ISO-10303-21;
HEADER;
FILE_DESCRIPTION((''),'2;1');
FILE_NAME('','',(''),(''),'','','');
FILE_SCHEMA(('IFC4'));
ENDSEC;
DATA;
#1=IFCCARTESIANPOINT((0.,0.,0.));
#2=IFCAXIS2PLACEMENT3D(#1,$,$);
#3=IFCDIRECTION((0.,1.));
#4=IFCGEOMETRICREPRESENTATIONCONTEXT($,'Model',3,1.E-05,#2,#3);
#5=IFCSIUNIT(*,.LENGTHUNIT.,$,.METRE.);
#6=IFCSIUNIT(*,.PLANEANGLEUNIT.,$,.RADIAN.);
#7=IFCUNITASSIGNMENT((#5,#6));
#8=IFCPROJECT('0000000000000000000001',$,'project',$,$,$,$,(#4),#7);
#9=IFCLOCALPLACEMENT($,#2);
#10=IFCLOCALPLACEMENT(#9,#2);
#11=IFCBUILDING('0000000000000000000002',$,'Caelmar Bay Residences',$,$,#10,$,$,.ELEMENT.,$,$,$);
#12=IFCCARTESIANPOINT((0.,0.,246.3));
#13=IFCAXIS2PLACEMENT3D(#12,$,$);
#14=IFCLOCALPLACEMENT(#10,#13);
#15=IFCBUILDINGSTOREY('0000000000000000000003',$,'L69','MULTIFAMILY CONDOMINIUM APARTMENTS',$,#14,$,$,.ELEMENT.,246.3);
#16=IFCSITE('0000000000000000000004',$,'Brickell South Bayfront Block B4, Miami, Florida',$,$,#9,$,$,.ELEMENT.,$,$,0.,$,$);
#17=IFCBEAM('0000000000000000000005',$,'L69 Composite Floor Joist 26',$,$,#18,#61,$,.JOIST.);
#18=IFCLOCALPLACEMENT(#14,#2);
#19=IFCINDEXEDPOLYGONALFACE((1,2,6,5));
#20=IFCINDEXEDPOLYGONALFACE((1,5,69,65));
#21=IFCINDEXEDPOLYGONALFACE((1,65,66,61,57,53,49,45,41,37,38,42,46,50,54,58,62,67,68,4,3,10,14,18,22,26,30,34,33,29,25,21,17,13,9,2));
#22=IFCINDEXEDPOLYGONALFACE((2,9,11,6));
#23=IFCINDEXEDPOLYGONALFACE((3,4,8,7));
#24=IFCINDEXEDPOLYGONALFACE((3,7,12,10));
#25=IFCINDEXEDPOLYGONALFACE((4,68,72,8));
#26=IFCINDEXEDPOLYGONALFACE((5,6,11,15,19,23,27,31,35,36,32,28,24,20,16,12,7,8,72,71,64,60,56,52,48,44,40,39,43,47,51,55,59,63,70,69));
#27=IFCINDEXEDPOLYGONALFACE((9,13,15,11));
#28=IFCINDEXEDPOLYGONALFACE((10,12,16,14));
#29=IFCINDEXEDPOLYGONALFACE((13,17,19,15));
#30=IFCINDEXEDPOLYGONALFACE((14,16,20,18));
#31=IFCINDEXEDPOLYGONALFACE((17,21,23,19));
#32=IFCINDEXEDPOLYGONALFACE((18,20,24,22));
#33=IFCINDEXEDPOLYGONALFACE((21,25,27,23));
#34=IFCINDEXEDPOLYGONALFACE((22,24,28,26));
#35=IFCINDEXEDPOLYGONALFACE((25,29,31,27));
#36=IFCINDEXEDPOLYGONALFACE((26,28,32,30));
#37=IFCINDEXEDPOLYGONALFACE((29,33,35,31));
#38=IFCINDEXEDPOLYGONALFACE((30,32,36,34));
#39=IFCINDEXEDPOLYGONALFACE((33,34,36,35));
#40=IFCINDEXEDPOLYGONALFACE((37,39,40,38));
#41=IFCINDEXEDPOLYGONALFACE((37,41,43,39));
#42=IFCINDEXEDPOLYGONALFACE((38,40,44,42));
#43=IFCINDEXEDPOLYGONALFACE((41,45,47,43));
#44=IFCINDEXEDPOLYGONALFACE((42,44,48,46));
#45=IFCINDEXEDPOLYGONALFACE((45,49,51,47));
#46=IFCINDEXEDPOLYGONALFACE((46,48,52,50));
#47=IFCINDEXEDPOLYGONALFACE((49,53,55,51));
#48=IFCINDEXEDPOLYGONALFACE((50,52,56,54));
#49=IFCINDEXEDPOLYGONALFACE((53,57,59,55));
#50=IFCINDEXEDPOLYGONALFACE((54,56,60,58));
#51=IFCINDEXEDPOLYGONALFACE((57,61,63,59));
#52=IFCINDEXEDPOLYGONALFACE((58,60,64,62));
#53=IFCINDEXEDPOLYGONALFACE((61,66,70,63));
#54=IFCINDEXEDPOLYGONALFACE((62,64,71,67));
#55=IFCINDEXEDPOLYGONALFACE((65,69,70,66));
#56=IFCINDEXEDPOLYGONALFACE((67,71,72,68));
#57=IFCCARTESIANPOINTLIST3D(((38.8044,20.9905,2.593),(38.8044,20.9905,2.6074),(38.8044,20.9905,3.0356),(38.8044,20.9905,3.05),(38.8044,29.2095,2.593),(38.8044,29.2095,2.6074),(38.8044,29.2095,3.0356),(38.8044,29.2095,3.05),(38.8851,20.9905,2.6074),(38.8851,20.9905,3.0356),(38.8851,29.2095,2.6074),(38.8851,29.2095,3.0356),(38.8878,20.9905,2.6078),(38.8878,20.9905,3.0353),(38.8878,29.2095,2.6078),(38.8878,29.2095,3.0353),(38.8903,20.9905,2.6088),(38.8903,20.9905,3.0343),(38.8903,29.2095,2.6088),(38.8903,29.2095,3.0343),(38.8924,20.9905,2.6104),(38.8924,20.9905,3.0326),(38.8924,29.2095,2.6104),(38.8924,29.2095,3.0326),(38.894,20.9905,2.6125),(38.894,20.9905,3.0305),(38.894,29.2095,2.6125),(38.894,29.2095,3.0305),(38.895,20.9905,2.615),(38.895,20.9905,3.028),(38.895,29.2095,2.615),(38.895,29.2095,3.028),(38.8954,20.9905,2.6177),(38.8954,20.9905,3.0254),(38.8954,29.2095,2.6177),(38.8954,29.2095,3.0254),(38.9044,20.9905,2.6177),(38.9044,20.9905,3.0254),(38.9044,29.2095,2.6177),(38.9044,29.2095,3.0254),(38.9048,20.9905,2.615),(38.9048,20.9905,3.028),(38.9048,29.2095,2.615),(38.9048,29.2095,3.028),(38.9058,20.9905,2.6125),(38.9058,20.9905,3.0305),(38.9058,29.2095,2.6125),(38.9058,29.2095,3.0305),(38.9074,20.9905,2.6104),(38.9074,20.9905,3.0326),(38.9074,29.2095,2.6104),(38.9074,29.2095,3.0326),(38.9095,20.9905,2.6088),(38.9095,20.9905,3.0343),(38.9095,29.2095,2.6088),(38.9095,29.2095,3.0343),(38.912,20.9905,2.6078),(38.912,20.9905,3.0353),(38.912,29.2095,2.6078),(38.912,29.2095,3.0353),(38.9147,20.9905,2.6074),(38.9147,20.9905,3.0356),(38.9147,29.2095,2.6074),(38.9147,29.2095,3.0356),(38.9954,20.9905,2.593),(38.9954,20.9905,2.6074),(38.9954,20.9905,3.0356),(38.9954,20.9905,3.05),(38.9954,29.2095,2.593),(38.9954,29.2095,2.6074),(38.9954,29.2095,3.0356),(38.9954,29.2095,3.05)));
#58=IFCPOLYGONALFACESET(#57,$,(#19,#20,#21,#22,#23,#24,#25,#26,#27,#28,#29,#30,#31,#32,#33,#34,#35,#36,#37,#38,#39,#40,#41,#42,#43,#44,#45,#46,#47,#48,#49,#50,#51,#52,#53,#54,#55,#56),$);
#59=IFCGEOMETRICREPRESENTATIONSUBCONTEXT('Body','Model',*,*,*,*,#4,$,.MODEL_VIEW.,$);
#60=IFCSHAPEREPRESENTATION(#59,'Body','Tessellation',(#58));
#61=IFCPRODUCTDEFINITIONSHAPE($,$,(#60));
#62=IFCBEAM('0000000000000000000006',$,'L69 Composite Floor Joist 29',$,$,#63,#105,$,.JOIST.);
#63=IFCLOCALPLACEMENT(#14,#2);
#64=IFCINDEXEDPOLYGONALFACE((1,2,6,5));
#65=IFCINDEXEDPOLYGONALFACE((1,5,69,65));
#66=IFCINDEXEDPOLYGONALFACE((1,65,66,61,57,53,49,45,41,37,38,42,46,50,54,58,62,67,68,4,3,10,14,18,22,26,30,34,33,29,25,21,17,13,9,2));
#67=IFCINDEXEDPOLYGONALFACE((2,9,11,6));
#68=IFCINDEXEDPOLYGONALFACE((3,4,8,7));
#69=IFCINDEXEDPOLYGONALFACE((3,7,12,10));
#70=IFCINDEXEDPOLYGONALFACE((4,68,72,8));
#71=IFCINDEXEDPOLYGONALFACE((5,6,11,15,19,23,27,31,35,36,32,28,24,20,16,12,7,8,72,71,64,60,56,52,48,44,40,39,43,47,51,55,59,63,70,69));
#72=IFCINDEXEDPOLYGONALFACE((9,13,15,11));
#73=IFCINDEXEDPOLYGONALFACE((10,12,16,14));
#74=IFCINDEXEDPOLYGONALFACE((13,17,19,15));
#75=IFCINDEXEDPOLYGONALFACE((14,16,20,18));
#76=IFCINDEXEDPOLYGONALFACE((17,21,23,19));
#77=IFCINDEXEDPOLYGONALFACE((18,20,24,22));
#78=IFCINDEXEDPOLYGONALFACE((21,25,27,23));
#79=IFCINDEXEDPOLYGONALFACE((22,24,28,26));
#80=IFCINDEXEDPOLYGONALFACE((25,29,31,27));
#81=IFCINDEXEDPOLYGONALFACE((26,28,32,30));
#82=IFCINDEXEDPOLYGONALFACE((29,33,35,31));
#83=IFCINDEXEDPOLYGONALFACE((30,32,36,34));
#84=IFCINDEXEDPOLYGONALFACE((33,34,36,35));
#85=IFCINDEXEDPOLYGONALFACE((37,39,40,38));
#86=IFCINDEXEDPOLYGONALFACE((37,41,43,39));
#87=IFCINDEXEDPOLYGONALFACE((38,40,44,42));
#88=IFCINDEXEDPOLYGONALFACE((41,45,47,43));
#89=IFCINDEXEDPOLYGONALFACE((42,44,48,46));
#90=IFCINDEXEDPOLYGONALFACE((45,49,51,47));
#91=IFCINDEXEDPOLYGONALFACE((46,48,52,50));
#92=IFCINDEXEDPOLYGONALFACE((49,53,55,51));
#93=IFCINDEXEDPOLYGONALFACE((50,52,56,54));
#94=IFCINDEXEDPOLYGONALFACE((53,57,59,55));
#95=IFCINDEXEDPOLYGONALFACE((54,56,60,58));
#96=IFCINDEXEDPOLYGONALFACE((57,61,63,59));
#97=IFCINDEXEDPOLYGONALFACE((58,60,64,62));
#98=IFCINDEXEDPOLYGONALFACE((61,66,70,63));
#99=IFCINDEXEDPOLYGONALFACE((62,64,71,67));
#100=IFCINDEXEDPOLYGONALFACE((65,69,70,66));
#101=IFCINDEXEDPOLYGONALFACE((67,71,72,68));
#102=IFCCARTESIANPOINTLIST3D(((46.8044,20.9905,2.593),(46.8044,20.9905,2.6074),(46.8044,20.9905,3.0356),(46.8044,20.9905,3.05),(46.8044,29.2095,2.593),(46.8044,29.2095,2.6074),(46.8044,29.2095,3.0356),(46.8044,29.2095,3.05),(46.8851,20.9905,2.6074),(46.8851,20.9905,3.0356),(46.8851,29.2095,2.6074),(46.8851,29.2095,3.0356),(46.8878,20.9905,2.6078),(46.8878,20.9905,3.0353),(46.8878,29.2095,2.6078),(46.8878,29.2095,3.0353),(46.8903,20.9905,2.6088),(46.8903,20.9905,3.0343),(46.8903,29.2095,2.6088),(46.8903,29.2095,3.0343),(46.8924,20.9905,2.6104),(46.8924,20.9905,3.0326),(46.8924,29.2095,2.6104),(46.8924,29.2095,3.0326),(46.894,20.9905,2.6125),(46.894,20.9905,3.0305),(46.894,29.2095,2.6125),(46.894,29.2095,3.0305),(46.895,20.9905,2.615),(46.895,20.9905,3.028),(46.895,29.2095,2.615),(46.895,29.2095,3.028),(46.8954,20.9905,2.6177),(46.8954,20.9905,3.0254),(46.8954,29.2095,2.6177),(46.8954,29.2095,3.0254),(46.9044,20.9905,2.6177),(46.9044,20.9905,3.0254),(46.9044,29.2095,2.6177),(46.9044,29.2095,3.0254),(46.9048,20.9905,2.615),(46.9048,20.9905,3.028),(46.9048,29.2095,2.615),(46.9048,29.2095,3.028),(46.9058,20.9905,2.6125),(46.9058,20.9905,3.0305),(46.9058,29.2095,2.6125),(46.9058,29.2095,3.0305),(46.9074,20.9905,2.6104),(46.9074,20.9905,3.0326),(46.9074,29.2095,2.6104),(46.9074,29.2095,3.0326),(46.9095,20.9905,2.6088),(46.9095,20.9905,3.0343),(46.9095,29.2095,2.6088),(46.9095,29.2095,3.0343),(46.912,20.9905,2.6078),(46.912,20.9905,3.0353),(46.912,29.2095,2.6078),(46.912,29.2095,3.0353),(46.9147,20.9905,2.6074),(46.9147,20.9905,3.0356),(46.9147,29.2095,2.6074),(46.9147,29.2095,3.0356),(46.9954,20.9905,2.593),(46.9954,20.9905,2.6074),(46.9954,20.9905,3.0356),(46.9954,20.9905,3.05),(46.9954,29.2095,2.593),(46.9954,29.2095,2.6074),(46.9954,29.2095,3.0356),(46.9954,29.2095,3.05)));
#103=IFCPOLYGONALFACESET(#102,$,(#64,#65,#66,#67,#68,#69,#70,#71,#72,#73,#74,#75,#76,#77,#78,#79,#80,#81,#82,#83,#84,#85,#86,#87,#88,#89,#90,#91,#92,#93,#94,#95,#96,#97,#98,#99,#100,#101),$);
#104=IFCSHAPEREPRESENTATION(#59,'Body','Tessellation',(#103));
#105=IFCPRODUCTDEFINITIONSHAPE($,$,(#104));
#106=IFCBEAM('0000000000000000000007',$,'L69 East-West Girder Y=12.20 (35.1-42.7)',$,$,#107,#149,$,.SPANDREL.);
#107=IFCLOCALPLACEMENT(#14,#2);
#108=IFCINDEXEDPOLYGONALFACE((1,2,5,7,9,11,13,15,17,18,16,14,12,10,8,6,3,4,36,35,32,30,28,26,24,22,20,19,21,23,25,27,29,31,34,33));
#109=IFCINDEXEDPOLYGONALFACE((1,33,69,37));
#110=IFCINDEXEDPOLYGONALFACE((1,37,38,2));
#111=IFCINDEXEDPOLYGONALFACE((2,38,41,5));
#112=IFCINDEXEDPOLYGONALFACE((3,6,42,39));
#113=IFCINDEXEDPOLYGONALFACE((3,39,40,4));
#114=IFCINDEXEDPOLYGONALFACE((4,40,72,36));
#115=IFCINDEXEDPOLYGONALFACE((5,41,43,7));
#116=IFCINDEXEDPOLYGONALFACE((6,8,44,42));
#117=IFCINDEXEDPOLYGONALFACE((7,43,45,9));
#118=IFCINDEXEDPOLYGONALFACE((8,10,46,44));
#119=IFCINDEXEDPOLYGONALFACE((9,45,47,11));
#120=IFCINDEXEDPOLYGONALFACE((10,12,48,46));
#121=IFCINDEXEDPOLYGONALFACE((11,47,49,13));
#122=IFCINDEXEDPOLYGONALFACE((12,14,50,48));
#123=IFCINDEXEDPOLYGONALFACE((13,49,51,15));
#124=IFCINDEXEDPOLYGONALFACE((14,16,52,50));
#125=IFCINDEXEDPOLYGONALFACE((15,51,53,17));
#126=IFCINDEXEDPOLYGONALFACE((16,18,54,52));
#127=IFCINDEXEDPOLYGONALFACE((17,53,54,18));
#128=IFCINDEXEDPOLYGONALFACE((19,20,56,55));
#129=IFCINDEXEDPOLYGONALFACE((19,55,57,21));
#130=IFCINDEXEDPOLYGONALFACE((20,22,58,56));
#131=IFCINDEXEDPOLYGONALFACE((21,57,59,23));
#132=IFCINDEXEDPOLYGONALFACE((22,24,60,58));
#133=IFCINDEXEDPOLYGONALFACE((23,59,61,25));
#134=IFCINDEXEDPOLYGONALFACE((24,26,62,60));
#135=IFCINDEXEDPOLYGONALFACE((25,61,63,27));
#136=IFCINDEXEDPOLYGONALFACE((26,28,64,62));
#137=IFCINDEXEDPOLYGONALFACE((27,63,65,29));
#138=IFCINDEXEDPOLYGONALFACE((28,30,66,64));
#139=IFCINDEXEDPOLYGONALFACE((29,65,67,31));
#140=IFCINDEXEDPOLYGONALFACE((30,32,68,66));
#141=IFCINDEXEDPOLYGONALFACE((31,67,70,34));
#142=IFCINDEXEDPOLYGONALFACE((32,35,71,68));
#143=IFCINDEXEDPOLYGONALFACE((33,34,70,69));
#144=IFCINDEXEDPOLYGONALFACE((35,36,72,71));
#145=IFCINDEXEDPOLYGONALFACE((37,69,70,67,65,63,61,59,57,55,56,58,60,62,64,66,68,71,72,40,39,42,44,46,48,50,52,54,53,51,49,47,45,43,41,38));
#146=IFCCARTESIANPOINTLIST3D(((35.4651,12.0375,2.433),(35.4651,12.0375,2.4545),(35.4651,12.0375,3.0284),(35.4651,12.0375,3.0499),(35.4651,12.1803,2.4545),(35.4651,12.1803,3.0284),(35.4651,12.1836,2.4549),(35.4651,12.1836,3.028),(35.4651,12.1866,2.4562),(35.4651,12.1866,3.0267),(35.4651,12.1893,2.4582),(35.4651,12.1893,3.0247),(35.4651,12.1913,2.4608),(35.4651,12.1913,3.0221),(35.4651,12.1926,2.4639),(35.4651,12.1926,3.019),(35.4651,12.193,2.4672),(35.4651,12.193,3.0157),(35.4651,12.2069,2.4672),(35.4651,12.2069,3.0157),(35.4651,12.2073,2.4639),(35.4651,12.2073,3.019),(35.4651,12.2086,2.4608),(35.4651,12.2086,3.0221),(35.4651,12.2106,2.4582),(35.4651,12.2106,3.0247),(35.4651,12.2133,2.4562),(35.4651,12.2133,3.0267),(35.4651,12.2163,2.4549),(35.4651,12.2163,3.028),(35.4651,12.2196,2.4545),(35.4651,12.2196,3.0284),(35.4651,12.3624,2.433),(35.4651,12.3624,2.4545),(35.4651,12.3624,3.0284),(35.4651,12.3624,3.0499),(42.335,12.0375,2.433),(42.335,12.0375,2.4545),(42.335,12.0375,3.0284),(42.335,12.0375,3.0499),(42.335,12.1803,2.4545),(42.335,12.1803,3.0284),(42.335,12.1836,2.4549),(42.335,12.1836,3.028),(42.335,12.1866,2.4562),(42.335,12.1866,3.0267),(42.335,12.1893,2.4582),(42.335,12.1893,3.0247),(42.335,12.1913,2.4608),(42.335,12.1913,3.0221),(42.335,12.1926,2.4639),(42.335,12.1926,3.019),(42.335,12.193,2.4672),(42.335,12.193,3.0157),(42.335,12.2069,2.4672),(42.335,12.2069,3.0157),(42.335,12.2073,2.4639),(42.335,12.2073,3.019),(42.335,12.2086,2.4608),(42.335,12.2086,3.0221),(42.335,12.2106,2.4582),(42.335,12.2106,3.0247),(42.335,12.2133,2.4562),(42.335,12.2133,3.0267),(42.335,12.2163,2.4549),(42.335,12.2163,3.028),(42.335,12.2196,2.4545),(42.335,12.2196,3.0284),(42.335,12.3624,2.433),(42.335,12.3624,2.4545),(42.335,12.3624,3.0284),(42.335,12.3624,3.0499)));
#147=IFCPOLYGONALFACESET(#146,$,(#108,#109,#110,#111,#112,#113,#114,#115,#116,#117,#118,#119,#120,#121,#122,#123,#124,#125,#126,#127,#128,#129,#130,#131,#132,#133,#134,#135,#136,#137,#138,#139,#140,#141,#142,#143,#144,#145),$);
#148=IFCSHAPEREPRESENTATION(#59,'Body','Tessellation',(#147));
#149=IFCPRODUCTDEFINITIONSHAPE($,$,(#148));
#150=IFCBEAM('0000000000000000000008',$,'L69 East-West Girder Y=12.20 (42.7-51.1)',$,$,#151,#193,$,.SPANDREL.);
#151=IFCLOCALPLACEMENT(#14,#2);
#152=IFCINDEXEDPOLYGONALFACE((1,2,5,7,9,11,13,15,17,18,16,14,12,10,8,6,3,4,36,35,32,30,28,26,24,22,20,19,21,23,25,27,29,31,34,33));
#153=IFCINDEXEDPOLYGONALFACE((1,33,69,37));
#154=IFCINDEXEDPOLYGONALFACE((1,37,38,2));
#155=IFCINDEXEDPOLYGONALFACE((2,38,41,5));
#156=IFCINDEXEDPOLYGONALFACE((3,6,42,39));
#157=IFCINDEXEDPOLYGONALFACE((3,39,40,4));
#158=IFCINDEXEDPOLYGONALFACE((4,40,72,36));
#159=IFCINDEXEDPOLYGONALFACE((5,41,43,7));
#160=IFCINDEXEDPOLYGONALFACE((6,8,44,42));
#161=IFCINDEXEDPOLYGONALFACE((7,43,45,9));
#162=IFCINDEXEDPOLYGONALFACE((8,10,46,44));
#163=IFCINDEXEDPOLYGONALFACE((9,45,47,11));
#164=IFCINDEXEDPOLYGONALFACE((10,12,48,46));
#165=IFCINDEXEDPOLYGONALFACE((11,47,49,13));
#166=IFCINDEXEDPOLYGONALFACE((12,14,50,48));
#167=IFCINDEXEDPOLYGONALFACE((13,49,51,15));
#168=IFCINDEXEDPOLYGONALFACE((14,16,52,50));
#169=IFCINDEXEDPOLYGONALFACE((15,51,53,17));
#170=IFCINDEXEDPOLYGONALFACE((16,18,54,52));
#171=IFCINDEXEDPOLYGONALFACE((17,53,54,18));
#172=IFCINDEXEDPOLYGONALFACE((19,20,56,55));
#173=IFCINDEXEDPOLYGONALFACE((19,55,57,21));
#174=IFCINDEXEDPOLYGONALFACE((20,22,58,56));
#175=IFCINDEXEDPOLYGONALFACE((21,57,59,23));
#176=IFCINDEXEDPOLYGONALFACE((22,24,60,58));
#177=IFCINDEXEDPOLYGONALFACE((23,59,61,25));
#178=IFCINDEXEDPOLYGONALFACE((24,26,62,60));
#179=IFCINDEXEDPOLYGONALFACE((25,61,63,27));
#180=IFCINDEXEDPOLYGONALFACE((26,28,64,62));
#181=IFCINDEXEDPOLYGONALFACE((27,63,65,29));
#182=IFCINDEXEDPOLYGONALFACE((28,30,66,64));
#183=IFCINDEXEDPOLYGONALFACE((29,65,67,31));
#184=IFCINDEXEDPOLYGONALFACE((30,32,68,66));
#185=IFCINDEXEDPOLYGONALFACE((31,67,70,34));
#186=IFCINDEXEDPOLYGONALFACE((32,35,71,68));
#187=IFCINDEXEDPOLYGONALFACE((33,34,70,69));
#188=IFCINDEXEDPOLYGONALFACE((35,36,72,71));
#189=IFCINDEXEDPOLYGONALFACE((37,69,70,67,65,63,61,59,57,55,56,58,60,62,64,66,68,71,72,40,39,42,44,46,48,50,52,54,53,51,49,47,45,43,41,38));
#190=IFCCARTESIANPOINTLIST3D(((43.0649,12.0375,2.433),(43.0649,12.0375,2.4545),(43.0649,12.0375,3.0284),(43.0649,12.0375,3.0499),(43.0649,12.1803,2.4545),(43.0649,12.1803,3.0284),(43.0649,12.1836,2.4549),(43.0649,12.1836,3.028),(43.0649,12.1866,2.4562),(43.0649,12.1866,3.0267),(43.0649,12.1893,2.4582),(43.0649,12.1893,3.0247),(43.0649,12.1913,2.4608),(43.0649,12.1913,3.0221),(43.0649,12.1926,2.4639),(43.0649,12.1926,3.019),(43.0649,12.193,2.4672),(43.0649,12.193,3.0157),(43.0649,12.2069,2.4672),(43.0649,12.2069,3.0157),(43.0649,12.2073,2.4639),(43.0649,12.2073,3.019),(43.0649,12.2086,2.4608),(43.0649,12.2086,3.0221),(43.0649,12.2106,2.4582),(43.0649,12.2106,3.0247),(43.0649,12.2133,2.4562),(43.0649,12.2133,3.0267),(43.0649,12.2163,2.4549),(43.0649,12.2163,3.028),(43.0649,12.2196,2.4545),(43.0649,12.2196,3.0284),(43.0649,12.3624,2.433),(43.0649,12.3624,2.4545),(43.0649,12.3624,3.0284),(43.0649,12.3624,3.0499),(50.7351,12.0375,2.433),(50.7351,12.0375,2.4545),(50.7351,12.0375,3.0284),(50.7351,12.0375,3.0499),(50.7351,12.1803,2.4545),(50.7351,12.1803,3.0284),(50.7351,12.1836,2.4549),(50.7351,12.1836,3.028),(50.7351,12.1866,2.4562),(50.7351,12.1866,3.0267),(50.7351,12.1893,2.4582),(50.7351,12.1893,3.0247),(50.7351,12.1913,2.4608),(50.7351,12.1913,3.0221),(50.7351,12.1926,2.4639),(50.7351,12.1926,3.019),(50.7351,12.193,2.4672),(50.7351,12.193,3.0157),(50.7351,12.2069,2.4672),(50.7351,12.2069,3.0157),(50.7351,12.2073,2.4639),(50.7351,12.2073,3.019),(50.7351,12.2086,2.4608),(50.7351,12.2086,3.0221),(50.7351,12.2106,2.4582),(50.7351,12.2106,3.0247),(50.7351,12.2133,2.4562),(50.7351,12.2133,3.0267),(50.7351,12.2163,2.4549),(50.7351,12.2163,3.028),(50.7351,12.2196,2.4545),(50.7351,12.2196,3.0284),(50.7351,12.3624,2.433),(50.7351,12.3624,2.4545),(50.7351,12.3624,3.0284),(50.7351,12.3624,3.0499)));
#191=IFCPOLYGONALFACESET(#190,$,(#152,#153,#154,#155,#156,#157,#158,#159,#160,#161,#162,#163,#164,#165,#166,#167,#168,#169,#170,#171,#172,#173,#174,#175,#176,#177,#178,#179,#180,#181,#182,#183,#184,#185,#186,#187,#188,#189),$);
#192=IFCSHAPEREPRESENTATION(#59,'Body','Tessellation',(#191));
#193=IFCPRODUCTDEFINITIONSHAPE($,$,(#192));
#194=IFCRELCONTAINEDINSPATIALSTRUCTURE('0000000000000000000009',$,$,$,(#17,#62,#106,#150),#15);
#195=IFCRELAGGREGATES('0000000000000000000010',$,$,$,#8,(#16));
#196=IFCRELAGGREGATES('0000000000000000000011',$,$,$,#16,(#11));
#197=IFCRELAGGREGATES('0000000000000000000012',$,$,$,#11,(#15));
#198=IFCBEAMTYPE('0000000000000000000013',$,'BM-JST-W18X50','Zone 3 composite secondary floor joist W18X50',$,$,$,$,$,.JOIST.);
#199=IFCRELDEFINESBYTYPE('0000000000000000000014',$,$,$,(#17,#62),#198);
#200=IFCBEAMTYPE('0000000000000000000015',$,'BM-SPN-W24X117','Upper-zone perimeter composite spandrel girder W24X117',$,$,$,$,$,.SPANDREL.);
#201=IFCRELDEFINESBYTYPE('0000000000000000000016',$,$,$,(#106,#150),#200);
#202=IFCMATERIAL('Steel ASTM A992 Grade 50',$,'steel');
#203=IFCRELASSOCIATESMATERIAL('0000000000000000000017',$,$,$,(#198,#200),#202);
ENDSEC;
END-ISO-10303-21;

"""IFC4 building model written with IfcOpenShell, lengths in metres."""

from ifc_helpers import new_model, si_unit, direction, frame, origin, origin_2d, place, context, subcontext, project, spatial, i_section, extrude, material, material_profile, profile_set, type_object, element, save


model = new_model("IFC4")

# Units and contexts
model_context = context("Model", 3, precision=1e-05, world=origin(), true_north=direction((0.0, 1.0)))
body_context = subcontext(model_context, "Body", "Model", "MODEL_VIEW")
ifc_project = project(units=[si_unit("LENGTHUNIT", "METRE"), si_unit("PLANEANGLEUNIT", "RADIAN")], contexts=[model_context])

# Site, building, storey
site_placement = place(None, origin())
site = spatial("IfcSite", under=ifc_project, at=site_placement, Name="Brickell South Bayfront Block B4, Miami, Florida", CompositionType="ELEMENT", RefElevation=0.0)
building_placement = place(site_placement, origin())
building = spatial("IfcBuilding", under=site, at=building_placement, Name="Caelmar Bay Residences", CompositionType="ELEMENT")
storey_placement = place(building_placement, frame((0.0, 0.0, 246.3)))
storey = spatial("IfcBuildingStorey", under=building, at=storey_placement, Name="L69", Description="MULTIFAMILY CONDOMINIUM APARTMENTS", CompositionType="ELEMENT", Elevation=246.3)

# Beams
ifc_material_1 = material(Name="Steel ASTM A992 Grade 50", Category="steel")
ifc_material_profile_1 = material_profile(ifc_material_1, i_section(OverallWidth=0.1909, OverallDepth=0.457, WebThickness=0.009, FlangeThickness=0.0144, FilletRadius=0.0103, at=origin_2d()), Name="W18X50")
ifc_profile_set_1 = profile_set([ifc_material_profile_1], Name="Steel ASTM A992 Grade 50")
beam_type_1 = type_object("IfcBeamType", Name="BM-JST-W18X50", Description="Zone 3 composite secondary floor joist W18X50", PredefinedType="JOIST", material=ifc_profile_set_1)
for number, where, z_axis, x_axis, name in (
    (1, (38.8999, 20.9905, 2.8215), (0.0, 1.0, 0.0), (-1.0, 0.0, 0.0), "L69 Composite Floor Joist 26"),
    (2, (46.8999, 20.9905, 2.8215), (0.0, 1.0, 0.0), (-1.0, 0.0, 0.0), "L69 Composite Floor Joist 29"),
):
    element("IfcBeam", number, at=place(storey_placement, frame(where, z_axis=z_axis, x_axis=x_axis)), inside=storey, type_object=beam_type_1, Name=name, PredefinedType="JOIST", context=body_context, shape_type="SweptSolid", body=[
        extrude(i_section(OverallWidth=0.1909, OverallDepth=0.457, WebThickness=0.009, FlangeThickness=0.0144, FilletRadius=0.0103, at=origin_2d()), origin(), (0.0, 0.0, 1.0), 8.219),
    ])
ifc_material_profile_2 = material_profile(ifc_material_1, i_section(OverallWidth=0.325, OverallDepth=0.6169, WebThickness=0.0139, FlangeThickness=0.0215, FilletRadius=0.0127, at=origin_2d()), Name="W24X117")
ifc_profile_set_2 = profile_set([ifc_material_profile_2], Name="Steel ASTM A992 Grade 50")
beam_type_2 = type_object("IfcBeamType", Name="BM-SPN-W24X117", Description="Upper-zone perimeter composite spandrel girder W24X117", PredefinedType="SPANDREL", material=ifc_profile_set_2)
beam_1_placement = place(storey_placement, frame((35.4651, 12.2, 2.7415), z_axis=(1.0, 0.0, 0.0), x_axis=(0.0, 1.0, 0.0)))
element("IfcBeam", 3, at=beam_1_placement, inside=storey, type_object=beam_type_2, Name="L69 East-West Girder Y=12.20 (35.1-42.7)", PredefinedType="SPANDREL", context=body_context, shape_type="SweptSolid", body=[
    extrude(i_section(OverallWidth=0.325, OverallDepth=0.6169, WebThickness=0.0139, FlangeThickness=0.0215, FilletRadius=0.0127, at=origin_2d()), origin(), (0.0, 0.0, 1.0), 6.8699),
])
beam_2_placement = place(storey_placement, frame((43.0649, 12.2, 2.7415), z_axis=(1.0, 0.0, 0.0), x_axis=(0.0, 1.0, 0.0)))
element("IfcBeam", 4, at=beam_2_placement, inside=storey, type_object=beam_type_2, Name="L69 East-West Girder Y=12.20 (42.7-51.1)", PredefinedType="SPANDREL", context=body_context, shape_type="SweptSolid", body=[
    extrude(i_section(OverallWidth=0.325, OverallDepth=0.6169, WebThickness=0.0139, FlangeThickness=0.0215, FilletRadius=0.0127, at=origin_2d()), origin(), (0.0, 0.0, 1.0), 7.6702),
])

save(model, "model.ifc")
